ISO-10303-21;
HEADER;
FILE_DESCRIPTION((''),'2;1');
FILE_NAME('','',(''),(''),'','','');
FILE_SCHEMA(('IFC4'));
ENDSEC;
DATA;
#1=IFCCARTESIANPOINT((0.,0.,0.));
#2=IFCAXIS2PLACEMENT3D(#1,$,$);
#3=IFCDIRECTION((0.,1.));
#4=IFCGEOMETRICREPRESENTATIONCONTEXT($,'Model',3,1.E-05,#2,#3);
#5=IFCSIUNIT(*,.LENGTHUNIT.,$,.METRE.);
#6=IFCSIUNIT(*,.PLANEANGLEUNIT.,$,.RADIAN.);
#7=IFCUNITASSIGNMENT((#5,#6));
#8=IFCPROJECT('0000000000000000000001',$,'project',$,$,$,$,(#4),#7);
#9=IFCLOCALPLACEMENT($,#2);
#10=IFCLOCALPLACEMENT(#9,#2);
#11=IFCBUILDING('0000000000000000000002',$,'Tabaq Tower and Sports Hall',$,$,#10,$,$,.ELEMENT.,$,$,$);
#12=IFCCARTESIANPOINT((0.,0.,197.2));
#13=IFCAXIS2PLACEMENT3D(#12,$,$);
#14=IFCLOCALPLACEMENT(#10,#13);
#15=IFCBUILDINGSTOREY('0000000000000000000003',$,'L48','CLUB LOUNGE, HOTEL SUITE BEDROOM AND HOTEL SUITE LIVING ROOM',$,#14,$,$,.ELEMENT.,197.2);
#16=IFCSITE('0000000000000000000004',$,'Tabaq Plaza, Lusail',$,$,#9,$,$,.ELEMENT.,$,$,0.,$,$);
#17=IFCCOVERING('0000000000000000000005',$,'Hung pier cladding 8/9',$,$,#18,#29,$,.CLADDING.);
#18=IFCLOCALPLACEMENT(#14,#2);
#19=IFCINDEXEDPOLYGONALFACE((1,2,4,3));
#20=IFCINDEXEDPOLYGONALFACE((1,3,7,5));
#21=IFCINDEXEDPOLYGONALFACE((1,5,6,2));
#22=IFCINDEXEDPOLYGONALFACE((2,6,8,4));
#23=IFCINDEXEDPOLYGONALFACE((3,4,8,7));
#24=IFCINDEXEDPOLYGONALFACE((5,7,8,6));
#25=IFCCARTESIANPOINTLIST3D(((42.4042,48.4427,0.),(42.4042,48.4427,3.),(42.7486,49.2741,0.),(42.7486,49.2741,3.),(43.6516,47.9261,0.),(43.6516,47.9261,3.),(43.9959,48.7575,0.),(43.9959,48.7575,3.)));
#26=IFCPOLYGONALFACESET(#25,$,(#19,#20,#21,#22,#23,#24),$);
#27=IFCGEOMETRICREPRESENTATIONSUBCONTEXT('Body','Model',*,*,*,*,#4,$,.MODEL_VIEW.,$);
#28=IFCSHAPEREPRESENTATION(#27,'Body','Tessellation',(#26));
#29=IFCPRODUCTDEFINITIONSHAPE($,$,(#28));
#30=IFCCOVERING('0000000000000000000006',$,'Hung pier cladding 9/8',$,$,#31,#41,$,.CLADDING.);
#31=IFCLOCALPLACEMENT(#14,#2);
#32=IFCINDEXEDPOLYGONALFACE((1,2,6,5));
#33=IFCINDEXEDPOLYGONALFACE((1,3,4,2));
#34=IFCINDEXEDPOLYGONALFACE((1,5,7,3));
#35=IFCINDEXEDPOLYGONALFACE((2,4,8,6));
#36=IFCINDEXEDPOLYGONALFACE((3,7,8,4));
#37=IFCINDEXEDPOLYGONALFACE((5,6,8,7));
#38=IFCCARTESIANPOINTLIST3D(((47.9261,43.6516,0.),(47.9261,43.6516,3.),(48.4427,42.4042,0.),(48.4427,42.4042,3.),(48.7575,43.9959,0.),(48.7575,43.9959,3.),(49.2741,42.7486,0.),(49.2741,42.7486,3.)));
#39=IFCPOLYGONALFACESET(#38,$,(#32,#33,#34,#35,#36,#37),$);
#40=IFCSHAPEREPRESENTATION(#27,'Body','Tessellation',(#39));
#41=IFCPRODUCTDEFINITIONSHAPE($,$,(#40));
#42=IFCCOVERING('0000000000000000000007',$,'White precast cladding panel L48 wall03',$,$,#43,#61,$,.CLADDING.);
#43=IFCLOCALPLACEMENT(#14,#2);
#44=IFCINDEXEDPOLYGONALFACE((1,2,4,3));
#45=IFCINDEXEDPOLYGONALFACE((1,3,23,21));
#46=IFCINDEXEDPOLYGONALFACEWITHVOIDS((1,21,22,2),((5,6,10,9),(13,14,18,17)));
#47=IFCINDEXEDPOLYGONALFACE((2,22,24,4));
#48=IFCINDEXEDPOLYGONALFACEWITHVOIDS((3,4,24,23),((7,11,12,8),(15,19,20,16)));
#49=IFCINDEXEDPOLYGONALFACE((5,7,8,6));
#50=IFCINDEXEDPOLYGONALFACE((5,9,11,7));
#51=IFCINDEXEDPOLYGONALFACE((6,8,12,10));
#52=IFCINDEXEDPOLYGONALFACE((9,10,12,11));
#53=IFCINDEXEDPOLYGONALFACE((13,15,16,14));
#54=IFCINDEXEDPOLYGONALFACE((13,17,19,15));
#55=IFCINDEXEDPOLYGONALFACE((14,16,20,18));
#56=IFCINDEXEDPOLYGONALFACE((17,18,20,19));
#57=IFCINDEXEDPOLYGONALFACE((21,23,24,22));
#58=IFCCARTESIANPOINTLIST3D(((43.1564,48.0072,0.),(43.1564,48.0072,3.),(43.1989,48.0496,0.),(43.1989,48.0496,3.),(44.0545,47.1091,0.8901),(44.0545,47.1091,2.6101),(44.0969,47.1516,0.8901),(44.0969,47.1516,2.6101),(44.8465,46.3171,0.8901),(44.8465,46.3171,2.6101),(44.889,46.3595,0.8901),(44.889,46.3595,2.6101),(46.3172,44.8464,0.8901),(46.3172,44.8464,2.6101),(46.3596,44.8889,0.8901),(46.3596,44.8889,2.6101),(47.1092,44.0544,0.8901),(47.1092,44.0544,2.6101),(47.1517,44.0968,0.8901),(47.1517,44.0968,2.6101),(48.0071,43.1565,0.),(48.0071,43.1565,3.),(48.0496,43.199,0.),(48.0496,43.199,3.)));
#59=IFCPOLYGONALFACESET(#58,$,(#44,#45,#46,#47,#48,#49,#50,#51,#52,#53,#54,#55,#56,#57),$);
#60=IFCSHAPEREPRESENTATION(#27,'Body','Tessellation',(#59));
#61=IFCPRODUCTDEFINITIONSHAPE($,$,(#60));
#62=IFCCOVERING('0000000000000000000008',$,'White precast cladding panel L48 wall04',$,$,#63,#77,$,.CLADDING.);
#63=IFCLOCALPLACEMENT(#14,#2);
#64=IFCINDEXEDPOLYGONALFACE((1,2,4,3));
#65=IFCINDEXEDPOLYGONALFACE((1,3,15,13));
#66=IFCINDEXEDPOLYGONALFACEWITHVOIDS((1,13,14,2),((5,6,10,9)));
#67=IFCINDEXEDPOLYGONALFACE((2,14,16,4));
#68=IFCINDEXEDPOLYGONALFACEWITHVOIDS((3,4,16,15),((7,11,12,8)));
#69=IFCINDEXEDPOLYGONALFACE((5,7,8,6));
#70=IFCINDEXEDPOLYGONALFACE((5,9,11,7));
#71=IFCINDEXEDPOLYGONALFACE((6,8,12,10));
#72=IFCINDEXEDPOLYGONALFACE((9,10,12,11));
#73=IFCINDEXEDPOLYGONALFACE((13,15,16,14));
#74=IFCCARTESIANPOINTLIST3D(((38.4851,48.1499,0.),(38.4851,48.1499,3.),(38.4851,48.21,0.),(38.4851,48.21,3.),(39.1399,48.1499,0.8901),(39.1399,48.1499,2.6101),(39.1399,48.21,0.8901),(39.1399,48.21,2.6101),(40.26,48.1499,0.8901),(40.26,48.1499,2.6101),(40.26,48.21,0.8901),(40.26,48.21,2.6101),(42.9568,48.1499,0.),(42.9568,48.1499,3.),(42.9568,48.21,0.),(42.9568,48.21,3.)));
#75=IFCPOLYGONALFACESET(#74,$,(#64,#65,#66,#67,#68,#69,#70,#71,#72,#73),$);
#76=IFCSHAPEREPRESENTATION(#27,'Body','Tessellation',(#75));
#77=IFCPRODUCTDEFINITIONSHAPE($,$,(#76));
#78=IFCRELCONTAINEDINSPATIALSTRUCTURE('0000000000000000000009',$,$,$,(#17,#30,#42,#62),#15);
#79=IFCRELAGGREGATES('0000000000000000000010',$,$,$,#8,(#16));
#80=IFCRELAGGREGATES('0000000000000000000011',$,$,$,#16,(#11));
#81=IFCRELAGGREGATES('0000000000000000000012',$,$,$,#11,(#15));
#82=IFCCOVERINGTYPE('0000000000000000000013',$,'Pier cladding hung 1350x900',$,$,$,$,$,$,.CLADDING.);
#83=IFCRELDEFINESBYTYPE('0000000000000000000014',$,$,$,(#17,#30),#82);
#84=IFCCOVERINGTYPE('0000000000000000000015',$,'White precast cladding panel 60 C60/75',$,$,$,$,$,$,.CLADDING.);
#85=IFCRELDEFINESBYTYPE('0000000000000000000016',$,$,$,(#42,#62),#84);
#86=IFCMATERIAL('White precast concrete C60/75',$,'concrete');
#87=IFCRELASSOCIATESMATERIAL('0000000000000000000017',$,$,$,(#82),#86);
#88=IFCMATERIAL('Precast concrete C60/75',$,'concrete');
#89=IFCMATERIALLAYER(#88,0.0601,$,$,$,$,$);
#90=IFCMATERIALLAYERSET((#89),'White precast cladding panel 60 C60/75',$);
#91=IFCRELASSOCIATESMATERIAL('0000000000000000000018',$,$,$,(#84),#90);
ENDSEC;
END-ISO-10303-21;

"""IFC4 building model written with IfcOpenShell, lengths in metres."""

from ifc_helpers import new_model, si_unit, direction, frame, frame_2d, origin, place, context, subcontext, project, spatial, polyline, rectangle, outline, extrude, material, layer, layer_set, type_object, element, save


model = new_model("IFC4")

# Units and contexts
model_context = context("Model", 3, precision=1e-05, world=origin(), true_north=direction((0.0, 1.0)))
body_context = subcontext(model_context, "Body", "Model", "MODEL_VIEW")
ifc_project = project(units=[si_unit("LENGTHUNIT", "METRE"), si_unit("PLANEANGLEUNIT", "RADIAN")], contexts=[model_context])

# Site, building, storey
site_placement = place(None, origin())
site = spatial("IfcSite", under=ifc_project, at=site_placement, Name="Tabaq Plaza, Lusail", CompositionType="ELEMENT", RefElevation=0.0)
building_placement = place(site_placement, origin())
building = spatial("IfcBuilding", under=site, at=building_placement, Name="Tabaq Tower and Sports Hall", CompositionType="ELEMENT")
storey_placement = place(building_placement, frame((0.0, 0.0, 197.2)))
storey = spatial("IfcBuildingStorey", under=building, at=storey_placement, Name="L48", Description="CLUB LOUNGE, HOTEL SUITE BEDROOM AND HOTEL SUITE LIVING ROOM", CompositionType="ELEMENT", Elevation=197.2)

# Coverings
ifc_material_1 = material(Name="White precast concrete C60/75", Category="concrete")
covering_type_1 = type_object("IfcCoveringType", Name="Pier cladding hung 1350x900", PredefinedType="CLADDING", material=ifc_material_1)
for number, where, z_axis, x_axis, name in (
    (1, (43.8237, 48.3418, 0.0), (0.0, 0.0, 1.0), (-0.923893, 0.38265, 0.0), "Hung pier cladding 8/9"),
    (2, (48.8584, 42.5764, 0.0), (0.0, 0.0, 1.0), (-0.38265, 0.923893, 0.0), "Hung pier cladding 9/8"),
):
    element("IfcCovering", number, at=place(storey_placement, frame(where, z_axis=z_axis, x_axis=x_axis)), inside=storey, type_object=covering_type_1, Name=name, PredefinedType="CLADDING", context=body_context, shape_type="SweptSolid", body=[
        extrude(rectangle(XDim=1.3501, YDim=0.8999, at=frame_2d((0.675, 0.0))), origin(), (0.0, 0.0, 1.0), 3.0),
    ])
ifc_material_2 = material(Name="Precast concrete C60/75", Category="concrete")
ifc_layer_1 = layer(ifc_material_2, 0.0601)
ifc_layer_set_1 = layer_set([ifc_layer_1], Name="White precast cladding panel 60 C60/75")
covering_type_2 = type_object("IfcCoveringType", Name="White precast cladding panel 60 C60/75", PredefinedType="CLADDING", material=ifc_layer_set_1)
covering_1_placement = place(storey_placement, frame((48.0283, 43.1777, 0.0), z_axis=(0.0, 0.0, 1.0), x_axis=(-0.707107, 0.707107, 0.0)))
element("IfcCovering", 3, at=covering_1_placement, inside=storey, type_object=covering_type_2, Name="White precast cladding panel L48 wall03", PredefinedType="CLADDING", context=body_context, shape_type="SweptSolid", body=[
    extrude(outline(polyline([(0.0, 0.0), (6.8599, 0.0), (6.8599, 3.0), (0.0, 3.0), (0.0, 0.0)]), holes=[polyline([(1.2698, 2.6101), (2.3899, 2.6101), (2.3899, 0.8901), (1.2698, 0.8901), (1.2698, 2.6101)]), polyline([(4.4697, 2.6101), (5.5898, 2.6101), (5.5898, 0.8901), (4.4697, 0.8901), (4.4697, 2.6101)])]), frame((0.0, 0.03, 0.0), z_axis=(0.0, -1.0, 0.0), x_axis=(1.0, 0.0, 0.0)), (0.0, 0.0, 1.0), 0.0601),
])
covering_2_placement = place(storey_placement, frame((42.9568, 48.1799, 0.0), z_axis=(0.0, 0.0, 1.0), x_axis=(-1.0, 0.0, 0.0)))
element("IfcCovering", 4, at=covering_2_placement, inside=storey, type_object=covering_type_2, Name="White precast cladding panel L48 wall04", PredefinedType="CLADDING", context=body_context, shape_type="SweptSolid", body=[
    extrude(outline(polyline([(0.0, 0.0), (4.4717, 0.0), (4.4717, 3.0), (0.0, 3.0), (0.0, 0.0)]), holes=[polyline([(2.6968, 0.8901), (2.6968, 2.6101), (3.8169, 2.6101), (3.8169, 0.8901), (2.6968, 0.8901)])]), frame((0.0, 0.03, 0.0), z_axis=(0.0, -1.0, 0.0), x_axis=(1.0, 0.0, 0.0)), (0.0, 0.0, 1.0), 0.0601),
])

save(model, "model.ifc")
